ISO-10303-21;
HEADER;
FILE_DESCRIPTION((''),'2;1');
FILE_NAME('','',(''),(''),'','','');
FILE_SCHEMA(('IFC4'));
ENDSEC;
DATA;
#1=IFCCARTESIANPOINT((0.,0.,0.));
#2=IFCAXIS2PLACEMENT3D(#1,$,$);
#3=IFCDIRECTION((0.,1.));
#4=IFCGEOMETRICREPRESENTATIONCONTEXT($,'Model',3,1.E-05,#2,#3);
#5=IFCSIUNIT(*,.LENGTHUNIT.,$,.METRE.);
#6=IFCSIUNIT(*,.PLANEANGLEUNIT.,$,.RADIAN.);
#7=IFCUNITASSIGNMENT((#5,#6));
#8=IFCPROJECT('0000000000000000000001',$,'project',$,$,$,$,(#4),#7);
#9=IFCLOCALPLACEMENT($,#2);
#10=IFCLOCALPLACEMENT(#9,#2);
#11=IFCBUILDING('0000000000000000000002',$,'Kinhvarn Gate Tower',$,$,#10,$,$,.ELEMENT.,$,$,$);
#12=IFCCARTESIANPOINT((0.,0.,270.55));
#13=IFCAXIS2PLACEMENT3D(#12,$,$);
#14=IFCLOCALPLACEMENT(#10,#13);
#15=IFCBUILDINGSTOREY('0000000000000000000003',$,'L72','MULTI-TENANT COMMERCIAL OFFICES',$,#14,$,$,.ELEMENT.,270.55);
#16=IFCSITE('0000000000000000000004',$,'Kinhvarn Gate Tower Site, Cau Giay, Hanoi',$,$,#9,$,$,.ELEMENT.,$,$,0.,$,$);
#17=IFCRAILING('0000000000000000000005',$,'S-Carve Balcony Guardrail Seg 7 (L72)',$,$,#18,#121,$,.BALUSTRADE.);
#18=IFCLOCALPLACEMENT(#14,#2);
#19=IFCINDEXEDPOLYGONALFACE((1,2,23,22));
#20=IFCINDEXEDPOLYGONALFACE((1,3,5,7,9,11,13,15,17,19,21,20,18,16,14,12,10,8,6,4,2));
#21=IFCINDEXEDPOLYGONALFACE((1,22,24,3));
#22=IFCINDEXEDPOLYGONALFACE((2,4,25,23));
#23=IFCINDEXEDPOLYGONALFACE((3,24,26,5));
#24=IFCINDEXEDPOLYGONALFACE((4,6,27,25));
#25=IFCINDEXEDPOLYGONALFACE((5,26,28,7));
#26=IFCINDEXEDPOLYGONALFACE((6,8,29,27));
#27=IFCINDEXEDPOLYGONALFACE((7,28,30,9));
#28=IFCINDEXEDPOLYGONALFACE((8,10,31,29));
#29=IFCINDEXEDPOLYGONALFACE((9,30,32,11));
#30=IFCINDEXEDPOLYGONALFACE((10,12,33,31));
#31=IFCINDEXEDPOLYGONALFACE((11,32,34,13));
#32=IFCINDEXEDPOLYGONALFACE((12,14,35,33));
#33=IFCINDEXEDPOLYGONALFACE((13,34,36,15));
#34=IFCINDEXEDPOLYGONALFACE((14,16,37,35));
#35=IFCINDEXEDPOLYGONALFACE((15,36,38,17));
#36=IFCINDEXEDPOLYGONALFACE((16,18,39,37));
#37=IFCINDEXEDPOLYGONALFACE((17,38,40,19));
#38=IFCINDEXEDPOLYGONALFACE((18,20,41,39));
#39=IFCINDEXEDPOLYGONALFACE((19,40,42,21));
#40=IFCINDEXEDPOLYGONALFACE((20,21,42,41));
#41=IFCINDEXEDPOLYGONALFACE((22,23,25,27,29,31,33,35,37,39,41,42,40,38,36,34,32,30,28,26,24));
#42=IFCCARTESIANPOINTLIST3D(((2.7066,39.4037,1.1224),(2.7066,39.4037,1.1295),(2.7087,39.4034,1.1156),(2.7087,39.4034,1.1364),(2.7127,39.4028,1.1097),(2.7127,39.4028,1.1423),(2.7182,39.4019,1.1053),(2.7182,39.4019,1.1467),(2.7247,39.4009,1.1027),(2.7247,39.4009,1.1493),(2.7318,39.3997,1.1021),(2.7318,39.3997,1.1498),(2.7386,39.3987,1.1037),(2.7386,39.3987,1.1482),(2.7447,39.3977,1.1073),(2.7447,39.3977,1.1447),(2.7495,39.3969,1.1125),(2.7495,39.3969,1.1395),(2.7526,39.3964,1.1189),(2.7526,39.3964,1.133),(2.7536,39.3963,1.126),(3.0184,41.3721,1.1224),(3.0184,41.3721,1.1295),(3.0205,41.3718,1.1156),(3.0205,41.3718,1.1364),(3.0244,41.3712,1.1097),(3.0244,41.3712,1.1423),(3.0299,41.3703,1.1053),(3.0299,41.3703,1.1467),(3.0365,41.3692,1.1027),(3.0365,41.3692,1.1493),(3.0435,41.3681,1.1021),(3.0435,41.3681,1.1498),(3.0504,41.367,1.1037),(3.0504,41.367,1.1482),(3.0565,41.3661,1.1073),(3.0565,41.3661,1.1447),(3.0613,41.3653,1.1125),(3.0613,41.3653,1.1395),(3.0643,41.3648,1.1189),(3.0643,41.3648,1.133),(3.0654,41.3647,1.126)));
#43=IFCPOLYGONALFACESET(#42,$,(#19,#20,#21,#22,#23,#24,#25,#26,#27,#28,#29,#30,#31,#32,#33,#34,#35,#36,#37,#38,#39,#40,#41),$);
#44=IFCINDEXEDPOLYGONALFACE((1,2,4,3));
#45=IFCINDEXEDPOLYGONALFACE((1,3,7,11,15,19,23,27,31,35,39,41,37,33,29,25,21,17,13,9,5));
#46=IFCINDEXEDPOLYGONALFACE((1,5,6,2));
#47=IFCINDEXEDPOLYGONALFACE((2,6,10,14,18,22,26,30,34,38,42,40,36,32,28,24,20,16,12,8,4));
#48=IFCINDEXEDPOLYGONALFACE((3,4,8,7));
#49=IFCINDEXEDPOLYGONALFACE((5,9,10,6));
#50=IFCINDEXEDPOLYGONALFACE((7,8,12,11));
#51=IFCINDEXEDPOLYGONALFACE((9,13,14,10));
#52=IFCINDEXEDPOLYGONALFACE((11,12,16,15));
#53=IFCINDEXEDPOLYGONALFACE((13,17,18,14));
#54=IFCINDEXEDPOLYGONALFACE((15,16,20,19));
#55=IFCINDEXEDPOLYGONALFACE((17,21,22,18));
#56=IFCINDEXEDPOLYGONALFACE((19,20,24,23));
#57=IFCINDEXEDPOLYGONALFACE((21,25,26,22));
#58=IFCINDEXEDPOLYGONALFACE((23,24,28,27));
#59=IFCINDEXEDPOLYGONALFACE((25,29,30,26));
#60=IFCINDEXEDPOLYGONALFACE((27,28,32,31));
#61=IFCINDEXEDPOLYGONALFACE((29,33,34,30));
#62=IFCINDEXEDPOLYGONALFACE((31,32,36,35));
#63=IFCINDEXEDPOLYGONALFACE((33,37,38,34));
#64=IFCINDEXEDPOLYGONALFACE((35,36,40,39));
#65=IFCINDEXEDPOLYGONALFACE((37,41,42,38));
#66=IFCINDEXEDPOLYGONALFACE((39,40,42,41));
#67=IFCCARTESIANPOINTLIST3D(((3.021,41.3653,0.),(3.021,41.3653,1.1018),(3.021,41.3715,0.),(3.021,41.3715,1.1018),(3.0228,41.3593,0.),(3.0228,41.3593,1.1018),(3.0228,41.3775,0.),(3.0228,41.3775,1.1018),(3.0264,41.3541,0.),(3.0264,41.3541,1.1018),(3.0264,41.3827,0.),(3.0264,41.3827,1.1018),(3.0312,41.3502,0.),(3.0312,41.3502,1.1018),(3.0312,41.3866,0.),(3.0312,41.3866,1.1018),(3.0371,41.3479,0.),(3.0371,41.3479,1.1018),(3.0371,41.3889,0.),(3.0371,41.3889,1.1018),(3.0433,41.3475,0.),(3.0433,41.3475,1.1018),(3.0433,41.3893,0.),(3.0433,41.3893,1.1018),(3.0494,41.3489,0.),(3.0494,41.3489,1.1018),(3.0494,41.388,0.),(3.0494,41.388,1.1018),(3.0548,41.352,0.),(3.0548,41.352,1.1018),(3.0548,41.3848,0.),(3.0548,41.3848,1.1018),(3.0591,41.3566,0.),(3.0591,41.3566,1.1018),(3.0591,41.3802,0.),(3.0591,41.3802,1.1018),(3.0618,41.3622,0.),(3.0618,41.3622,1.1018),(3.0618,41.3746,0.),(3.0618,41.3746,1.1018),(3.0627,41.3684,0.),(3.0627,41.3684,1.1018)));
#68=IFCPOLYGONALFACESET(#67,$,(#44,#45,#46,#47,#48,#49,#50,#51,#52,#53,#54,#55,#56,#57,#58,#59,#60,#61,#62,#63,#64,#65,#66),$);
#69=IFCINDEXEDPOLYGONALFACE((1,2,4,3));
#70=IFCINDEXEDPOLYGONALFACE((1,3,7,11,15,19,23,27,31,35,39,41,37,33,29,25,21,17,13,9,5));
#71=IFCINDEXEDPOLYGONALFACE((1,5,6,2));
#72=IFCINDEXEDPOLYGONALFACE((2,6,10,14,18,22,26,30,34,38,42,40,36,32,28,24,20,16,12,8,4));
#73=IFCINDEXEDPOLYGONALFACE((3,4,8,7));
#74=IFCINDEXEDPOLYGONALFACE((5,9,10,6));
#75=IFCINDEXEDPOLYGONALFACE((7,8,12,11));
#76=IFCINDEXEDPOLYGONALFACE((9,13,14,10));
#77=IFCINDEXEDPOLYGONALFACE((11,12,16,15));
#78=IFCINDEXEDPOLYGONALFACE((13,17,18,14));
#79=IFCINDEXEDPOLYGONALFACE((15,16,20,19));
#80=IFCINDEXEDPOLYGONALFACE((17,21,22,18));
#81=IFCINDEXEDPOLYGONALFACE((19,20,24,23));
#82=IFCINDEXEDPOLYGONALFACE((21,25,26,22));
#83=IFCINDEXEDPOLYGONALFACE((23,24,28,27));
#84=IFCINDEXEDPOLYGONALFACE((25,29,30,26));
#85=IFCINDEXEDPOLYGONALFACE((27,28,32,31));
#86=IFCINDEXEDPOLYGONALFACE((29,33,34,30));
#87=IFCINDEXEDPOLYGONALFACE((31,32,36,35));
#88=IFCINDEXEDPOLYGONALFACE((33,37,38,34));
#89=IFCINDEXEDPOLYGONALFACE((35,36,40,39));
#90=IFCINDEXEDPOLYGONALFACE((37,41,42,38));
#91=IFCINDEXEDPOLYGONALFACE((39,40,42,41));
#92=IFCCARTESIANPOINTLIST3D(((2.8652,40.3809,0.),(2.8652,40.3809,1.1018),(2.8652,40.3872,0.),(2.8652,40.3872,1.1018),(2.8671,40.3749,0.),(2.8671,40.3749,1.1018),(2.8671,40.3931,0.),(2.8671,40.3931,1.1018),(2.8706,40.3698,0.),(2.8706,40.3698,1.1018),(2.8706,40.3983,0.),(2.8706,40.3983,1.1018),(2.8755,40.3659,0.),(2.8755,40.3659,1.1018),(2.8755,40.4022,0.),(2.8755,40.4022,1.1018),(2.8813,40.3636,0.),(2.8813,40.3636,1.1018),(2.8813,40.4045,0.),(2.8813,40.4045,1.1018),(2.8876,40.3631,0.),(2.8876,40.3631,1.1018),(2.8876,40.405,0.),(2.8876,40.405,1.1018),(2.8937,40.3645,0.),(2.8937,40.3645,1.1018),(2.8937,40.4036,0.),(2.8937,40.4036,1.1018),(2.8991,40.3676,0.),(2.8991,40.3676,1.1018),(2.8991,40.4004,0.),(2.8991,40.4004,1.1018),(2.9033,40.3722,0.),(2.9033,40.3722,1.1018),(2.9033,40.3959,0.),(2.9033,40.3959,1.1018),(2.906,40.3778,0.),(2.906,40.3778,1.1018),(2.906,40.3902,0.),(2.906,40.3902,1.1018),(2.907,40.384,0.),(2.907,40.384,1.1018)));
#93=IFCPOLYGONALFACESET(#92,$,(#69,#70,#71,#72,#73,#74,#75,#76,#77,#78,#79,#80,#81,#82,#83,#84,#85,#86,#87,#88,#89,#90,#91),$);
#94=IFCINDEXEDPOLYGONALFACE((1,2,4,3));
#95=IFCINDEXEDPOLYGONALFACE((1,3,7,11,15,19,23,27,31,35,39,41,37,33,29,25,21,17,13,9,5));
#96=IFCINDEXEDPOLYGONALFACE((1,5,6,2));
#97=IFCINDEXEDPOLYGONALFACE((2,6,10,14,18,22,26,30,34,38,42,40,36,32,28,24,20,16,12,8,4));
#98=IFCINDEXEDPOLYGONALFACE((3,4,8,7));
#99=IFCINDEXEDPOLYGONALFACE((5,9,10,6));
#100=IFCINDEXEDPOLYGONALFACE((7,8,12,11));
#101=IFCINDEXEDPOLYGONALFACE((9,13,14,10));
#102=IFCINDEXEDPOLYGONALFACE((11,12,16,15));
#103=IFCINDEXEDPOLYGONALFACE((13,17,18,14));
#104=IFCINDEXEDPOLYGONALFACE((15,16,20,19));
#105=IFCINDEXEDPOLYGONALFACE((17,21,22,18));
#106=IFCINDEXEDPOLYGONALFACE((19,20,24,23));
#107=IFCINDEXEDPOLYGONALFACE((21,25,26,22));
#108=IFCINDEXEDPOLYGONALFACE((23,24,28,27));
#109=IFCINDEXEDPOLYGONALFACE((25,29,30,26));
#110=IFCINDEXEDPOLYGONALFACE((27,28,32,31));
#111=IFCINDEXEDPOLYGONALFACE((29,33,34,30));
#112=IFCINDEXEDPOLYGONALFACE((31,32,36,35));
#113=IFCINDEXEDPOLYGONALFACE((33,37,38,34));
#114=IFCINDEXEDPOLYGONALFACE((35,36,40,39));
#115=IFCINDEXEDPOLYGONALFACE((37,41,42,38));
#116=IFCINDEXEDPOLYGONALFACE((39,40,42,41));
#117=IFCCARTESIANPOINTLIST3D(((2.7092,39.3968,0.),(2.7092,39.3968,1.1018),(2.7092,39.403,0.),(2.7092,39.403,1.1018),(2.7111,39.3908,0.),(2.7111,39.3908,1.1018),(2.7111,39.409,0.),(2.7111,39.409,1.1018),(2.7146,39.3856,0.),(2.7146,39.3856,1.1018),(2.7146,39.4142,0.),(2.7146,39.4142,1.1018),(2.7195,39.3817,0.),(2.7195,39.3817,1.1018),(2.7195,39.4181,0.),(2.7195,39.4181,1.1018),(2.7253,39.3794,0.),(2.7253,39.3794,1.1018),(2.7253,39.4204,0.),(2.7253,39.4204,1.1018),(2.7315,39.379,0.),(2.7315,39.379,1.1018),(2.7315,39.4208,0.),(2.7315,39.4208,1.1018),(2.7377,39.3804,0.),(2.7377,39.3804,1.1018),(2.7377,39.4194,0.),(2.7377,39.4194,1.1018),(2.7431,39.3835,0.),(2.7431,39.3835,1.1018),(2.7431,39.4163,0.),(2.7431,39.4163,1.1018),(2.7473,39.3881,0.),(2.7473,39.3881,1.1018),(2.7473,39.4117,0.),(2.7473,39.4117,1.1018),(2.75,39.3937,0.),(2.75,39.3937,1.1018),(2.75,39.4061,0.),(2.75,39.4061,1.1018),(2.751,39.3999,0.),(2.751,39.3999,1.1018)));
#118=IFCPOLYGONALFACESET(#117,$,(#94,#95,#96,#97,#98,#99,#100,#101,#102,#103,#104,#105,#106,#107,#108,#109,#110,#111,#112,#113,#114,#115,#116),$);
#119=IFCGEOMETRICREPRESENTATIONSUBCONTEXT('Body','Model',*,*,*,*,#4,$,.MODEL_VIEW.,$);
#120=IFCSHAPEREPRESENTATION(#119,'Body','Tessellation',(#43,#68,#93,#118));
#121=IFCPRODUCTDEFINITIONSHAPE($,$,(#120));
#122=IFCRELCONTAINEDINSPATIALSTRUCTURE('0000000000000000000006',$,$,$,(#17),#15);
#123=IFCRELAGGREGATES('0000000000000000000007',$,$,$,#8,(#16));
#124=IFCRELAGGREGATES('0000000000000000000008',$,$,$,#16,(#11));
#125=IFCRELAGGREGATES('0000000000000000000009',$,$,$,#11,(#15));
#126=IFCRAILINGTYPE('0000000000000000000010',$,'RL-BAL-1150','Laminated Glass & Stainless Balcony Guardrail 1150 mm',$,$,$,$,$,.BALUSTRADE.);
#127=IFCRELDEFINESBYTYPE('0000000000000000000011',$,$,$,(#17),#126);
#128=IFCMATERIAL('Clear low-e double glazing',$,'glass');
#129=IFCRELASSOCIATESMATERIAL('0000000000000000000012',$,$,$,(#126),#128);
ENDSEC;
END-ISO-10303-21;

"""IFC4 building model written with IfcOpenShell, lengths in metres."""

from ifc_helpers import new_model, si_unit, direction, frame, origin, origin_2d, place, context, subcontext, project, spatial, circle, extrude, material, type_object, element, save


model = new_model("IFC4")

# Units and contexts
model_context = context("Model", 3, precision=1e-05, world=origin(), true_north=direction((0.0, 1.0)))
body_context = subcontext(model_context, "Body", "Model", "MODEL_VIEW")
ifc_project = project(units=[si_unit("LENGTHUNIT", "METRE"), si_unit("PLANEANGLEUNIT", "RADIAN")], contexts=[model_context])

# Site, building, storey
site_placement = place(None, origin())
site = spatial("IfcSite", under=ifc_project, at=site_placement, Name="Kinhvarn Gate Tower Site, Cau Giay, Hanoi", CompositionType="ELEMENT", RefElevation=0.0)
building_placement = place(site_placement, origin())
building = spatial("IfcBuilding", under=site, at=building_placement, Name="Kinhvarn Gate Tower", CompositionType="ELEMENT")
storey_placement = place(building_placement, frame((0.0, 0.0, 270.55)))
storey = spatial("IfcBuildingStorey", under=building, at=storey_placement, Name="L72", Description="MULTI-TENANT COMMERCIAL OFFICES", CompositionType="ELEMENT", Elevation=270.55)

# Shared definitions
ifc_material_1 = material(Name="Clear low-e double glazing", Category="glass")

# Railing
railing_type = type_object("IfcRailingType", Name="RL-BAL-1150", Description="Laminated Glass & Stainless Balcony Guardrail 1150 mm", PredefinedType="BALUSTRADE", material=ifc_material_1)
railing_1_placement = place(storey_placement, frame((3.0417, 41.3684, 0.0)))
element("IfcRailing", 1, at=railing_1_placement, inside=storey, type_object=railing_type, Name="S-Carve Balcony Guardrail Seg 7 (L72)", PredefinedType="BALUSTRADE", context=body_context, shape_type="SweptSolid", body=[
    extrude(circle(Radius=0.0239, at=origin_2d()), frame((0.0, 0.0, 1.126), z_axis=(-0.156428, -0.987689, 0.0), x_axis=(0.987689, -0.156428, 0.0)), (0.0, 0.0, 1.0), 1.9929),
    extrude(circle(Radius=0.021, at=origin_2d()), origin(), (0.0, 0.0, 1.0), 1.1018),
    extrude(circle(Radius=0.021, at=origin_2d()), frame((-0.1558, -0.9844, 0.0)), (0.0, 0.0, 1.0), 1.1018),
    extrude(circle(Radius=0.021, at=origin_2d()), frame((-0.3118, -1.9685, 0.0)), (0.0, 0.0, 1.0), 1.1018),
])

save(model, "model.ifc")
